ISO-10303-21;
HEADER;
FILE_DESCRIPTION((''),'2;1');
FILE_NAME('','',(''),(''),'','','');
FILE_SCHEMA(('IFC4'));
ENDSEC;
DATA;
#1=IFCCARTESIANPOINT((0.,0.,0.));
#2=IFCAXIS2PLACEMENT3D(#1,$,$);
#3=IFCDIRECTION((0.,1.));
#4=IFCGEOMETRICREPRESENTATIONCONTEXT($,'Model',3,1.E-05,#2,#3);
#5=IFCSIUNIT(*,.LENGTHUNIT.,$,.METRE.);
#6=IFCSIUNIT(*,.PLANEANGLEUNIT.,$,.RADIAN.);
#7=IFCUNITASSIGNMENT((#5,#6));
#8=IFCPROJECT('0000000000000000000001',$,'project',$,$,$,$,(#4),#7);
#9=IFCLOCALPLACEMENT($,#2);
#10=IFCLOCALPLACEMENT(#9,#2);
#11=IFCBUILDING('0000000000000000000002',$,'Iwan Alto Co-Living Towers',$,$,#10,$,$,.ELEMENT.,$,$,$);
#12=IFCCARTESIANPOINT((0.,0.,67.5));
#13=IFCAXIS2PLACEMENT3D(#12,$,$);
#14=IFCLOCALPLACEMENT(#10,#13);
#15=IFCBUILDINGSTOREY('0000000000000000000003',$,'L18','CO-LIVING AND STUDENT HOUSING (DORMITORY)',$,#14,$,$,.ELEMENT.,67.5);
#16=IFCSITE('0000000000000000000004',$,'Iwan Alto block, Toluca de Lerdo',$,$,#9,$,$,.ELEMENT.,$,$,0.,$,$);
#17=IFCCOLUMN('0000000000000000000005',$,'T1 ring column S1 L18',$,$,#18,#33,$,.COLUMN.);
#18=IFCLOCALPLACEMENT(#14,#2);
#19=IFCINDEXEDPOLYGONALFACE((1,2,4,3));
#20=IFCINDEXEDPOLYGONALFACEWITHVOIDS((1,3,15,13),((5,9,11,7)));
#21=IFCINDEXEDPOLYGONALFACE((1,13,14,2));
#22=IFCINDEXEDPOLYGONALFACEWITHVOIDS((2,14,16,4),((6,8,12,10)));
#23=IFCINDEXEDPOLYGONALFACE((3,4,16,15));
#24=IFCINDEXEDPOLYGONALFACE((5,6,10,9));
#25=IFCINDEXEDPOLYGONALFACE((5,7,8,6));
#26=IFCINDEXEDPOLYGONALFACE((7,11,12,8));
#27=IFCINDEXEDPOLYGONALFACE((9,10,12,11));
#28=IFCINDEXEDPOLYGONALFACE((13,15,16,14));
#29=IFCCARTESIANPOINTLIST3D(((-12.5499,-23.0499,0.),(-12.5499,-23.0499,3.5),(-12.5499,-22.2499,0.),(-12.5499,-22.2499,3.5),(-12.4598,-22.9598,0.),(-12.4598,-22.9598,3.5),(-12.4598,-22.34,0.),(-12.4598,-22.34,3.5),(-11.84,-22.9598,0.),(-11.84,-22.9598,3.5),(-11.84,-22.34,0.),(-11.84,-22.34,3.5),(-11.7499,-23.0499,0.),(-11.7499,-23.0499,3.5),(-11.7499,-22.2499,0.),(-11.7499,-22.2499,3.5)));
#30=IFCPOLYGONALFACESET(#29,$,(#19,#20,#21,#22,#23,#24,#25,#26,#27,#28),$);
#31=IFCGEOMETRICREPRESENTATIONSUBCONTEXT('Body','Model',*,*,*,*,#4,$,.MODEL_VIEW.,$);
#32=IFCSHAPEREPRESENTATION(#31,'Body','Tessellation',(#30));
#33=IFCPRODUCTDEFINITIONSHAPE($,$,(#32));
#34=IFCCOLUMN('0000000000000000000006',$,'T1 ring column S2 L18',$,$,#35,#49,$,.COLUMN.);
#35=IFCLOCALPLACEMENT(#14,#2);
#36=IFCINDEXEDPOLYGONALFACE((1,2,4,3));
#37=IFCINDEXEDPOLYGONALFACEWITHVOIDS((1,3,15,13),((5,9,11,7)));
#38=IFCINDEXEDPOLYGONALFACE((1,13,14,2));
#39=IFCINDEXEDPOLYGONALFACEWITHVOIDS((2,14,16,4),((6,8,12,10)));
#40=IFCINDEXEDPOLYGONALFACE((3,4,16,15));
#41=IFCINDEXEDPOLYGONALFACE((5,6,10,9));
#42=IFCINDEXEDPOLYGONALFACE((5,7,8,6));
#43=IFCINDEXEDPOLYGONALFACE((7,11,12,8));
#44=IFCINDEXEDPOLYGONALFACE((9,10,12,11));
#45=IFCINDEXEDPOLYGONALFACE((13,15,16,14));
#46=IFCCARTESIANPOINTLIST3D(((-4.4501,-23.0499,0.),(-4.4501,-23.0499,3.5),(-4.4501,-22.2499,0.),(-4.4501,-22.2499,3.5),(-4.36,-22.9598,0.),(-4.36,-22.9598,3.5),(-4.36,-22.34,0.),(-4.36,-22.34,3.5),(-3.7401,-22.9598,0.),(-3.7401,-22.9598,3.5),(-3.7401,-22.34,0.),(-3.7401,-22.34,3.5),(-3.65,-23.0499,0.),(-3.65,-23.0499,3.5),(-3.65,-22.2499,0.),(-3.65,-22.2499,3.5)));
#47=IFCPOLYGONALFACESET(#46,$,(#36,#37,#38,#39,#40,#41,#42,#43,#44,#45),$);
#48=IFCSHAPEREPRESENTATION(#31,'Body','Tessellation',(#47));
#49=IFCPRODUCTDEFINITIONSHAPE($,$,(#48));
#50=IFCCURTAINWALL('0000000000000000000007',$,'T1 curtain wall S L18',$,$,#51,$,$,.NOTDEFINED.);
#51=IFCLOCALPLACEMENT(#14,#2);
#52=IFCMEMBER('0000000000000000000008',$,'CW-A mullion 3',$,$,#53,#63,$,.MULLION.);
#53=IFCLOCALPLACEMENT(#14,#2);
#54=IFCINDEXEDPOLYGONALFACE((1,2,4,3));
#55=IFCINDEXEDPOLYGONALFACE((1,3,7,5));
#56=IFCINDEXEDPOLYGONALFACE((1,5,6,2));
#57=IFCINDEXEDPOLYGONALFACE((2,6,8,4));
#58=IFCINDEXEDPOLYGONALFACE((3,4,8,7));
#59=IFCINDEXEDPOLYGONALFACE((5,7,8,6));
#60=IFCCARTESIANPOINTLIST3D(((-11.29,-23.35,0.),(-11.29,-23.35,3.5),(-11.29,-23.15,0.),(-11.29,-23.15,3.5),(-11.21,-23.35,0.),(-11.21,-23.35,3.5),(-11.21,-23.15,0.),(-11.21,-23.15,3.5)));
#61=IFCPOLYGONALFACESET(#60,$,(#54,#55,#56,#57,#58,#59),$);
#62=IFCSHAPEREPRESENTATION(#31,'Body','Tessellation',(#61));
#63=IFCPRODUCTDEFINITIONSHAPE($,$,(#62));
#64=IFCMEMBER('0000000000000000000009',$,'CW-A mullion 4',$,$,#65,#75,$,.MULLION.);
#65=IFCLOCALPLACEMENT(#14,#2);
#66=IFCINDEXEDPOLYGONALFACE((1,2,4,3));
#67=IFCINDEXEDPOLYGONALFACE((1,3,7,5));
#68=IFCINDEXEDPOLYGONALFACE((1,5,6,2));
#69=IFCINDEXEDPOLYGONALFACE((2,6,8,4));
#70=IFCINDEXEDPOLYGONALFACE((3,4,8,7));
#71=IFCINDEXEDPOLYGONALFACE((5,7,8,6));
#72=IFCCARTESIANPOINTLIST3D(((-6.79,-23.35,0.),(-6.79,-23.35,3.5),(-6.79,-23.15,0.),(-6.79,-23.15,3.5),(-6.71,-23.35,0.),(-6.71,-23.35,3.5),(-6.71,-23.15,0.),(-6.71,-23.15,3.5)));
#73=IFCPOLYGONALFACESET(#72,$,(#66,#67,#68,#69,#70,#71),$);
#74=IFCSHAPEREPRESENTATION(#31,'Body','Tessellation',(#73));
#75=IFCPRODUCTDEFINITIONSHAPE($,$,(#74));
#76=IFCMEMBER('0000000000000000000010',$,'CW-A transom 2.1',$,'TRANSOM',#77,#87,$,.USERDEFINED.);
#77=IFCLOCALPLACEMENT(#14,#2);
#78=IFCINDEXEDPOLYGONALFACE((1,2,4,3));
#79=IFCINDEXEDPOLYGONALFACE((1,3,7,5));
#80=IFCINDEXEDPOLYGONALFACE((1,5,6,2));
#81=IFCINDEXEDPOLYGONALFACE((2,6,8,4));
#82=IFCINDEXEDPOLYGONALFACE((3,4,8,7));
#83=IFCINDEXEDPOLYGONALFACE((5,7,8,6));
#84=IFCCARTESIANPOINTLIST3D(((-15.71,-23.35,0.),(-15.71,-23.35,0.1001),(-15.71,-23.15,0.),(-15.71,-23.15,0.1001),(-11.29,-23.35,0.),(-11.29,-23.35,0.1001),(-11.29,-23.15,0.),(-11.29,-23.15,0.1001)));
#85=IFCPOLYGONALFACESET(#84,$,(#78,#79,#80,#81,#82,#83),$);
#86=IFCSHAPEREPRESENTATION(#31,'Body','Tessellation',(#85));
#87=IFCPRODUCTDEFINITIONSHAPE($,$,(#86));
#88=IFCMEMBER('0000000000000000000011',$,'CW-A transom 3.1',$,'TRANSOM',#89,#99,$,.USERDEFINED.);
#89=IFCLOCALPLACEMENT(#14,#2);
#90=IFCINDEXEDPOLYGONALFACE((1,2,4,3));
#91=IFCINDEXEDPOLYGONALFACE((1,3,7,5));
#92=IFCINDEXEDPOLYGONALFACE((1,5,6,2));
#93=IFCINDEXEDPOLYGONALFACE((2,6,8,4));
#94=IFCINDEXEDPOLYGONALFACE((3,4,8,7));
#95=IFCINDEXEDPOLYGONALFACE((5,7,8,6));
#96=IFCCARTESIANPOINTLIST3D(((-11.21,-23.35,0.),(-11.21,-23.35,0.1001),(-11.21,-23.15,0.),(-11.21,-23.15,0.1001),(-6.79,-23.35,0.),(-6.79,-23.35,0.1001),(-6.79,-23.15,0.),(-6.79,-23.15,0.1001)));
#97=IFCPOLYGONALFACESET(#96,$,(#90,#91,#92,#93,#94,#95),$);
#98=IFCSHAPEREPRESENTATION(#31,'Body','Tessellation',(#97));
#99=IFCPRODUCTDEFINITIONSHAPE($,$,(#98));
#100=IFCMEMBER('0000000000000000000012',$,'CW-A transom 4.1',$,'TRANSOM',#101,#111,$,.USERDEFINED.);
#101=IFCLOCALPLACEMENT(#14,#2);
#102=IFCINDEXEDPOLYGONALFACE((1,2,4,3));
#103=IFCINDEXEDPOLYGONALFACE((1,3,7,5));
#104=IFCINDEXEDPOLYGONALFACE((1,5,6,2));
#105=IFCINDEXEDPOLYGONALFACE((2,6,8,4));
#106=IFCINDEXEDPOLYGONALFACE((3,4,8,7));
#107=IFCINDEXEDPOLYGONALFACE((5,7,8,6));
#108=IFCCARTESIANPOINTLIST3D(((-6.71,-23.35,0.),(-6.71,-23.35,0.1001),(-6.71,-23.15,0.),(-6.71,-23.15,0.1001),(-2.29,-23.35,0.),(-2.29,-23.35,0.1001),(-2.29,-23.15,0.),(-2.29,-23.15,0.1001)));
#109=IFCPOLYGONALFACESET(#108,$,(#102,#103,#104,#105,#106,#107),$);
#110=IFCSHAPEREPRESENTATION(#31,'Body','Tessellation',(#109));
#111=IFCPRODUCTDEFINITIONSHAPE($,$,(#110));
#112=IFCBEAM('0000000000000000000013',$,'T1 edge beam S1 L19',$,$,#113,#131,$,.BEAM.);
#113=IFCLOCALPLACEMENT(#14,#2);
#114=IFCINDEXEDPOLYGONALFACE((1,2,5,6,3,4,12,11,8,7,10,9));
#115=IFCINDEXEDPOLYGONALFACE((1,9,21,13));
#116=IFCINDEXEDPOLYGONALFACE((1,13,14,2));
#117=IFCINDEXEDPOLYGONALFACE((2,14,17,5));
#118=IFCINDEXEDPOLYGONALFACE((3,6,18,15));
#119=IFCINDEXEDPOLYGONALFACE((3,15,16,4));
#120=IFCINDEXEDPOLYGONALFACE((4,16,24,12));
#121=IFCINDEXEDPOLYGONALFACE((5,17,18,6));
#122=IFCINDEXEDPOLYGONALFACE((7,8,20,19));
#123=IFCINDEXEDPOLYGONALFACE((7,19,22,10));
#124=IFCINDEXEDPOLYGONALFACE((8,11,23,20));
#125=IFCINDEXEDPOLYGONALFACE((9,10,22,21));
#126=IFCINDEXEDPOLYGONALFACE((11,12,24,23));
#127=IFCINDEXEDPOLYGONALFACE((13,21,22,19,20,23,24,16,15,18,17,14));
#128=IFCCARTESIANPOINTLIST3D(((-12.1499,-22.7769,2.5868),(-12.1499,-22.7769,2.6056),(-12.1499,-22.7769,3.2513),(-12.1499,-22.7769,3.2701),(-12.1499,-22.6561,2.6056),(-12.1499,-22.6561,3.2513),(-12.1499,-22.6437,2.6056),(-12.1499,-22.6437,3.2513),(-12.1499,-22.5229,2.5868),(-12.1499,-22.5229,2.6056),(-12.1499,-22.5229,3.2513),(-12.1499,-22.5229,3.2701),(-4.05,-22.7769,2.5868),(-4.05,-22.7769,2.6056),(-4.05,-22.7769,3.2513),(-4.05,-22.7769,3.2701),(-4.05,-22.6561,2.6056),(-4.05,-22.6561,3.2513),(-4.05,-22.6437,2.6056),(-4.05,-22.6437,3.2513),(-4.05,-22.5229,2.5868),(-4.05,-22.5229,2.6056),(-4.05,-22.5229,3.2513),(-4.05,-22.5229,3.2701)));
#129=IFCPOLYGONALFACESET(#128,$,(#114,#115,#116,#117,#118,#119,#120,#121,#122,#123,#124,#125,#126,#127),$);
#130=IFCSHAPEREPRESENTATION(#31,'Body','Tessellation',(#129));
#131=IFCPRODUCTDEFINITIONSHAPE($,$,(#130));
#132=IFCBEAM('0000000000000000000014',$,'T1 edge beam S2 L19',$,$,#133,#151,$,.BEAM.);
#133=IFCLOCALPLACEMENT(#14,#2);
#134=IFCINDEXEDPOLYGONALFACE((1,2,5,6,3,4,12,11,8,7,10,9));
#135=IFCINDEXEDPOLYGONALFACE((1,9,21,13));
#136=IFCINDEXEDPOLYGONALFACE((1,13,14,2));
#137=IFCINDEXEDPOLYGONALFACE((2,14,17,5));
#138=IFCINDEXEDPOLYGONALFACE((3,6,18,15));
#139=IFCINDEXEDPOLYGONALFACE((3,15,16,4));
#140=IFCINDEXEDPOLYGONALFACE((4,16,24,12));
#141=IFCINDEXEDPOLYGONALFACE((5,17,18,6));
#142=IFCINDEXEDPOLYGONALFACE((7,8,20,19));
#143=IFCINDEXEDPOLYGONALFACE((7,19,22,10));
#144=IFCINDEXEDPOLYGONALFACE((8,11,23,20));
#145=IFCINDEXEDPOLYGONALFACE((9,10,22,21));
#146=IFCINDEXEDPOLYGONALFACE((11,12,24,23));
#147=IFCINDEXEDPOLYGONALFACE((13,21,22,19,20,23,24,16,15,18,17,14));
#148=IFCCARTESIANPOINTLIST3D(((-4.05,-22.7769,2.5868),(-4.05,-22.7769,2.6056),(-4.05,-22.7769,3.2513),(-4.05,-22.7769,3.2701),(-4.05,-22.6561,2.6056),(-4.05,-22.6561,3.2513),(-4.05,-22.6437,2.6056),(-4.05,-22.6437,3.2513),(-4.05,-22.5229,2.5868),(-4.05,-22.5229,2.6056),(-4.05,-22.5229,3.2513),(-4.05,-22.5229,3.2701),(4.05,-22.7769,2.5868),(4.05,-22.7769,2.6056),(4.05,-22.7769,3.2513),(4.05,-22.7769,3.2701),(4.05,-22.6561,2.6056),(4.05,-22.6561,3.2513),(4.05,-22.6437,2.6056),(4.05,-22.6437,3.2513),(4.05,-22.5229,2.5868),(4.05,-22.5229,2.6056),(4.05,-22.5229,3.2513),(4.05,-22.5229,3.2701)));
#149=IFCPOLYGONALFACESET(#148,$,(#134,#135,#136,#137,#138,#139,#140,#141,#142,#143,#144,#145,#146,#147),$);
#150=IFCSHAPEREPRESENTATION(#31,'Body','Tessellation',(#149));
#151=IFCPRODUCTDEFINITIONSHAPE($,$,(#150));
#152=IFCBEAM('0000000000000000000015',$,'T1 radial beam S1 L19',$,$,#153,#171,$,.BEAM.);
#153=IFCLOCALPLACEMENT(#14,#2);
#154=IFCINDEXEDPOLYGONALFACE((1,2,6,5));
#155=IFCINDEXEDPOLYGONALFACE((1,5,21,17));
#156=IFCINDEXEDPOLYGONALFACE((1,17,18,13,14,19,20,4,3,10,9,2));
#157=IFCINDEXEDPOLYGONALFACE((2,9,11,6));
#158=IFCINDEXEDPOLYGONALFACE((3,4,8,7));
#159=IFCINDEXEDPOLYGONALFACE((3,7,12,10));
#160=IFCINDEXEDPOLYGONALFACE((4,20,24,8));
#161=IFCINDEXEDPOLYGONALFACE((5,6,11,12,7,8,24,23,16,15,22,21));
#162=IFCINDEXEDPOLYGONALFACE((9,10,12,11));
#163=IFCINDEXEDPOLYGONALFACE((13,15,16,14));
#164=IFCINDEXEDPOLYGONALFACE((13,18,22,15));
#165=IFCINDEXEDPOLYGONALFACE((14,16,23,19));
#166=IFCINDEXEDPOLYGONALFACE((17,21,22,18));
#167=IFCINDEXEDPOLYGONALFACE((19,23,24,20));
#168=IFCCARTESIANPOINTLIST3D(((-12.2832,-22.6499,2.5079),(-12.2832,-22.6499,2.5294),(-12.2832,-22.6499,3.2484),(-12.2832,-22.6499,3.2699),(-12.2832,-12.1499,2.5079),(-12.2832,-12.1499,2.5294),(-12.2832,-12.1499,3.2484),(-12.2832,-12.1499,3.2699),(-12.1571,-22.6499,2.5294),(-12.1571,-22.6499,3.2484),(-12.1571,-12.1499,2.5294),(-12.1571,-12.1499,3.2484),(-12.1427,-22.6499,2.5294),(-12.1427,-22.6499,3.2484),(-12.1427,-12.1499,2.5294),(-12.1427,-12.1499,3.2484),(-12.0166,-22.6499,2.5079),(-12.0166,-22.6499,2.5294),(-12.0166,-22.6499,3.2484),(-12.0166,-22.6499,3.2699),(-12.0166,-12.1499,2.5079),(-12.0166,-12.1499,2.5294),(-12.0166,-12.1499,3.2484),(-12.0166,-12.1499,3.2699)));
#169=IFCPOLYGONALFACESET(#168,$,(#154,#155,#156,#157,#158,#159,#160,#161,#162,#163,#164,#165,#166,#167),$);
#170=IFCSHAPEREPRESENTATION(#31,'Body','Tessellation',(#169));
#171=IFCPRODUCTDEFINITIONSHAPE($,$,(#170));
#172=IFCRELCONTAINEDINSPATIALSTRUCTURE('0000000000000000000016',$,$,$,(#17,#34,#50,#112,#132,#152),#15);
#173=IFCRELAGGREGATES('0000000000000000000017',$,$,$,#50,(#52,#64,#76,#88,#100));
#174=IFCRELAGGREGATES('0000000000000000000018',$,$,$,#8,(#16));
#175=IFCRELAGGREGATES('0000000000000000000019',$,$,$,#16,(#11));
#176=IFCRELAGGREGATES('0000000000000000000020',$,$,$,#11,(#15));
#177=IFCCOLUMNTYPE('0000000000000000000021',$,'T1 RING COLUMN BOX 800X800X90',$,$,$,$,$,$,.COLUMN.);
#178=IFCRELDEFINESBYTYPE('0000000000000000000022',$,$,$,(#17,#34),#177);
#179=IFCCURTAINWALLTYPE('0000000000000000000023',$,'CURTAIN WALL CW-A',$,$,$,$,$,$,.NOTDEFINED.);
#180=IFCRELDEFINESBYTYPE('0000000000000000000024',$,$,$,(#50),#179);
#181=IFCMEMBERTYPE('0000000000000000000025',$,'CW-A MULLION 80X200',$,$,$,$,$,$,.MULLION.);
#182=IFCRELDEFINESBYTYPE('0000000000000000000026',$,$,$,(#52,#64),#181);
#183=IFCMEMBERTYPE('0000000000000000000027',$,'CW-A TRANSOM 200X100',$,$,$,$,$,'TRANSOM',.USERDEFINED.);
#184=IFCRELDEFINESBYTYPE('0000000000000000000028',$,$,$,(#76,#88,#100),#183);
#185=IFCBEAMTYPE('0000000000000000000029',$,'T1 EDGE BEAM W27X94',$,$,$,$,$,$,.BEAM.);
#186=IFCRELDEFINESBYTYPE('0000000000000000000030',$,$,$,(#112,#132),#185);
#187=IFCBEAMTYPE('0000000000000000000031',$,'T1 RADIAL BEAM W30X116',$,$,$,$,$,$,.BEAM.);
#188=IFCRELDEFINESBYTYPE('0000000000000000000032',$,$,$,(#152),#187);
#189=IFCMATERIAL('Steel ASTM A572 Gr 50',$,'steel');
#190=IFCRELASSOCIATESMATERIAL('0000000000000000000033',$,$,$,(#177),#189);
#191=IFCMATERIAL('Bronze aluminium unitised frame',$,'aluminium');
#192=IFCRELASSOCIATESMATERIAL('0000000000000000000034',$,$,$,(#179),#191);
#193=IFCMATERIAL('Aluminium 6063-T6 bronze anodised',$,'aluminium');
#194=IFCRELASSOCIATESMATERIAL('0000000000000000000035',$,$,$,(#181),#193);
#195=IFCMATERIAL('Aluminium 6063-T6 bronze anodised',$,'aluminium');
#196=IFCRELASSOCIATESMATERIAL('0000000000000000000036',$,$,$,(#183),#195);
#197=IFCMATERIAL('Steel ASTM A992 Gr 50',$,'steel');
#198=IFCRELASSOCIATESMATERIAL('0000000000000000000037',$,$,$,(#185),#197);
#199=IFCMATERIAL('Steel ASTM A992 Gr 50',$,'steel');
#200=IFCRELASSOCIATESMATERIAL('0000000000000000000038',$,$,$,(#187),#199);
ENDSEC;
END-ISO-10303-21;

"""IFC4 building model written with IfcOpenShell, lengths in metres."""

from ifc_helpers import new_model, si_unit, direction, frame, origin, origin_2d, place, context, subcontext, project, spatial, rectangle, hollow_rectangle, i_section, extrude, material, material_profile, profile_set, type_object, element, aggregate, save


model = new_model("IFC4")

# Units and contexts
model_context = context("Model", 3, precision=1e-05, world=origin(), true_north=direction((0.0, 1.0)))
body_context = subcontext(model_context, "Body", "Model", "MODEL_VIEW")
ifc_project = project(units=[si_unit("LENGTHUNIT", "METRE"), si_unit("PLANEANGLEUNIT", "RADIAN")], contexts=[model_context])

# Site, building, storey
site_placement = place(None, origin())
site = spatial("IfcSite", under=ifc_project, at=site_placement, Name="Iwan Alto block, Toluca de Lerdo", CompositionType="ELEMENT", RefElevation=0.0)
building_placement = place(site_placement, origin())
building = spatial("IfcBuilding", under=site, at=building_placement, Name="Iwan Alto Co-Living Towers", CompositionType="ELEMENT")
storey_placement = place(building_placement, frame((0.0, 0.0, 67.5)))
storey = spatial("IfcBuildingStorey", under=building, at=storey_placement, Name="L18", Description="CO-LIVING AND STUDENT HOUSING (DORMITORY)", CompositionType="ELEMENT", Elevation=67.5)

# Columns
ifc_material_1 = material(Name="Steel ASTM A572 Gr 50", Category="steel")
ifc_material_profile_1 = material_profile(ifc_material_1, hollow_rectangle(XDim=0.8, YDim=0.8, WallThickness=0.0901, at=origin_2d()), Name="BOX 800X800X90")
ifc_profile_set_1 = profile_set([ifc_material_profile_1], Name="Steel ASTM A572 Gr 50")
column_type = type_object("IfcColumnType", Name="T1 RING COLUMN BOX 800X800X90", PredefinedType="COLUMN", material=ifc_profile_set_1)
for number, where, z_axis, x_axis, name in (
    (1, (-12.1499, -22.6499, 0.0), (0.0, 0.0, 1.0), (1.0, 0.0, 0.0), "T1 ring column S1 L18"),
    (2, (-4.05, -22.6499, 0.0), (0.0, 0.0, 1.0), (1.0, 0.0, 0.0), "T1 ring column S2 L18"),
):
    element("IfcColumn", number, at=place(storey_placement, frame(where, z_axis=z_axis, x_axis=x_axis)), inside=storey, type_object=column_type, Name=name, PredefinedType="COLUMN", context=body_context, shape_type="SweptSolid", body=[
        extrude(hollow_rectangle(XDim=0.8, YDim=0.8, WallThickness=0.0901, at=origin_2d()), origin(), (0.0, 0.0, 1.0), 3.5),
    ])

# Curtain wall, members
ifc_material_2 = material(Name="Bronze aluminium unitised frame", Category="aluminium")
curtain_wall_type = type_object("IfcCurtainWallType", Name="CURTAIN WALL CW-A", PredefinedType="NOTDEFINED", material=ifc_material_2)
curtain_wall_placement = place(storey_placement, origin())
curtain_wall = element("IfcCurtainWall", 3, at=curtain_wall_placement, inside=storey, type_object=curtain_wall_type, Name="T1 curtain wall S L18", PredefinedType="NOTDEFINED")
ifc_material_3 = material(Name="Aluminium 6063-T6 bronze anodised", Category="aluminium")
ifc_material_profile_2 = material_profile(ifc_material_3, rectangle(XDim=0.2, YDim=0.0801, at=origin_2d()), Name="AL 80X200")
ifc_profile_set_2 = profile_set([ifc_material_profile_2], Name="Aluminium 6063-T6 bronze anodised")
member_type_1 = type_object("IfcMemberType", Name="CW-A MULLION 80X200", PredefinedType="MULLION", material=ifc_profile_set_2)
member_1_placement = place(storey_placement, frame((-11.25, -23.25, 0.0), z_axis=(0.0, 0.0, 1.0), x_axis=(0.0, 1.0, 0.0)))
member_1 = element("IfcMember", 4, at=member_1_placement, type_object=member_type_1, Name="CW-A mullion 3", PredefinedType="MULLION", context=body_context, shape_type="SweptSolid", body=[
    extrude(rectangle(XDim=0.2, YDim=0.0801, at=origin_2d()), origin(), (0.0, 0.0, 1.0), 3.5),
])
member_2_placement = place(storey_placement, frame((-6.75, -23.25, 0.0), z_axis=(0.0, 0.0, 1.0), x_axis=(0.0, 1.0, 0.0)))
member_2 = element("IfcMember", 5, at=member_2_placement, type_object=member_type_1, Name="CW-A mullion 4", PredefinedType="MULLION", context=body_context, shape_type="SweptSolid", body=[
    extrude(rectangle(XDim=0.2, YDim=0.0801, at=origin_2d()), origin(), (0.0, 0.0, 1.0), 3.5),
])
ifc_material_4 = material(Name="Aluminium 6063-T6 bronze anodised", Category="aluminium")
ifc_material_profile_3 = material_profile(ifc_material_4, rectangle(XDim=0.2, YDim=0.1001, at=origin_2d()), Name="AL 200X100")
ifc_profile_set_3 = profile_set([ifc_material_profile_3], Name="Aluminium 6063-T6 bronze anodised")
member_type_2 = type_object("IfcMemberType", Name="CW-A TRANSOM 200X100", ElementType="TRANSOM", PredefinedType="USERDEFINED", material=ifc_profile_set_3)
member_3_placement = place(storey_placement, frame((-15.71, -23.25, 0.05), z_axis=(1.0, 0.0, 0.0), x_axis=(0.0, 1.0, 0.0)))
member_3 = element("IfcMember", 6, at=member_3_placement, type_object=member_type_2, Name="CW-A transom 2.1", ObjectType="TRANSOM", PredefinedType="USERDEFINED", context=body_context, shape_type="SweptSolid", body=[
    extrude(rectangle(XDim=0.2, YDim=0.1001, at=origin_2d()), origin(), (0.0, 0.0, 1.0), 4.4199),
])
member_4_placement = place(storey_placement, frame((-11.21, -23.25, 0.05), z_axis=(1.0, 0.0, 0.0), x_axis=(0.0, 1.0, 0.0)))
member_4 = element("IfcMember", 7, at=member_4_placement, type_object=member_type_2, Name="CW-A transom 3.1", ObjectType="TRANSOM", PredefinedType="USERDEFINED", context=body_context, shape_type="SweptSolid", body=[
    extrude(rectangle(XDim=0.2, YDim=0.1001, at=origin_2d()), origin(), (0.0, 0.0, 1.0), 4.4199),
])
member_5_placement = place(storey_placement, frame((-6.71, -23.25, 0.05), z_axis=(1.0, 0.0, 0.0), x_axis=(0.0, 1.0, 0.0)))
member_5 = element("IfcMember", 8, at=member_5_placement, type_object=member_type_2, Name="CW-A transom 4.1", ObjectType="TRANSOM", PredefinedType="USERDEFINED", context=body_context, shape_type="SweptSolid", body=[
    extrude(rectangle(XDim=0.2, YDim=0.1001, at=origin_2d()), origin(), (0.0, 0.0, 1.0), 4.4199),
])

# Beams
ifc_material_5 = material(Name="Steel ASTM A992 Gr 50", Category="steel")
ifc_material_profile_4 = material_profile(ifc_material_5, i_section(OverallWidth=0.2539, OverallDepth=0.6833, WebThickness=0.0125, FlangeThickness=0.0188, at=origin_2d()), Name="W27X94")
ifc_profile_set_4 = profile_set([ifc_material_profile_4], Name="Steel ASTM A992 Gr 50")
beam_type_1 = type_object("IfcBeamType", Name="T1 EDGE BEAM W27X94", PredefinedType="BEAM", material=ifc_profile_set_4)
beam_1_placement = place(storey_placement, frame((-12.1499, -22.6499, 2.9285), z_axis=(1.0, 0.0, 0.0), x_axis=(0.0, 1.0, 0.0)))
element("IfcBeam", 9, at=beam_1_placement, inside=storey, type_object=beam_type_1, Name="T1 edge beam S1 L19", PredefinedType="BEAM", context=body_context, shape_type="SweptSolid", body=[
    extrude(i_section(OverallWidth=0.2539, OverallDepth=0.6833, WebThickness=0.0125, FlangeThickness=0.0188, at=origin_2d()), origin(), (0.0, 0.0, 1.0), 8.0999),
])
beam_2_placement = place(storey_placement, frame((-4.05, -22.6499, 2.9285), z_axis=(1.0, 0.0, 0.0), x_axis=(0.0, 1.0, 0.0)))
element("IfcBeam", 10, at=beam_2_placement, inside=storey, type_object=beam_type_1, Name="T1 edge beam S2 L19", PredefinedType="BEAM", context=body_context, shape_type="SweptSolid", body=[
    extrude(i_section(OverallWidth=0.2539, OverallDepth=0.6833, WebThickness=0.0125, FlangeThickness=0.0188, at=origin_2d()), origin(), (0.0, 0.0, 1.0), 8.1001),
])
ifc_material_6 = material(Name="Steel ASTM A992 Gr 50", Category="steel")
ifc_material_profile_5 = material_profile(ifc_material_6, i_section(OverallWidth=0.2666, OverallDepth=0.762, WebThickness=0.0144, FlangeThickness=0.0215, at=origin_2d()), Name="W30X116")
ifc_profile_set_5 = profile_set([ifc_material_profile_5], Name="Steel ASTM A992 Gr 50")
beam_type_2 = type_object("IfcBeamType", Name="T1 RADIAL BEAM W30X116", PredefinedType="BEAM", material=ifc_profile_set_5)
beam_3_placement = place(storey_placement, frame((-12.1499, -22.6499, 2.8889), z_axis=(0.0, 1.0, 0.0), x_axis=(-1.0, 0.0, 0.0)))
element("IfcBeam", 11, at=beam_3_placement, inside=storey, type_object=beam_type_2, Name="T1 radial beam S1 L19", PredefinedType="BEAM", context=body_context, shape_type="SweptSolid", body=[
    extrude(i_section(OverallWidth=0.2666, OverallDepth=0.762, WebThickness=0.0144, FlangeThickness=0.0215, at=origin_2d()), origin(), (0.0, 0.0, 1.0), 10.5),
])

aggregate(curtain_wall, [member_1, member_2, member_3, member_4, member_5])

save(model, "model.ifc")
